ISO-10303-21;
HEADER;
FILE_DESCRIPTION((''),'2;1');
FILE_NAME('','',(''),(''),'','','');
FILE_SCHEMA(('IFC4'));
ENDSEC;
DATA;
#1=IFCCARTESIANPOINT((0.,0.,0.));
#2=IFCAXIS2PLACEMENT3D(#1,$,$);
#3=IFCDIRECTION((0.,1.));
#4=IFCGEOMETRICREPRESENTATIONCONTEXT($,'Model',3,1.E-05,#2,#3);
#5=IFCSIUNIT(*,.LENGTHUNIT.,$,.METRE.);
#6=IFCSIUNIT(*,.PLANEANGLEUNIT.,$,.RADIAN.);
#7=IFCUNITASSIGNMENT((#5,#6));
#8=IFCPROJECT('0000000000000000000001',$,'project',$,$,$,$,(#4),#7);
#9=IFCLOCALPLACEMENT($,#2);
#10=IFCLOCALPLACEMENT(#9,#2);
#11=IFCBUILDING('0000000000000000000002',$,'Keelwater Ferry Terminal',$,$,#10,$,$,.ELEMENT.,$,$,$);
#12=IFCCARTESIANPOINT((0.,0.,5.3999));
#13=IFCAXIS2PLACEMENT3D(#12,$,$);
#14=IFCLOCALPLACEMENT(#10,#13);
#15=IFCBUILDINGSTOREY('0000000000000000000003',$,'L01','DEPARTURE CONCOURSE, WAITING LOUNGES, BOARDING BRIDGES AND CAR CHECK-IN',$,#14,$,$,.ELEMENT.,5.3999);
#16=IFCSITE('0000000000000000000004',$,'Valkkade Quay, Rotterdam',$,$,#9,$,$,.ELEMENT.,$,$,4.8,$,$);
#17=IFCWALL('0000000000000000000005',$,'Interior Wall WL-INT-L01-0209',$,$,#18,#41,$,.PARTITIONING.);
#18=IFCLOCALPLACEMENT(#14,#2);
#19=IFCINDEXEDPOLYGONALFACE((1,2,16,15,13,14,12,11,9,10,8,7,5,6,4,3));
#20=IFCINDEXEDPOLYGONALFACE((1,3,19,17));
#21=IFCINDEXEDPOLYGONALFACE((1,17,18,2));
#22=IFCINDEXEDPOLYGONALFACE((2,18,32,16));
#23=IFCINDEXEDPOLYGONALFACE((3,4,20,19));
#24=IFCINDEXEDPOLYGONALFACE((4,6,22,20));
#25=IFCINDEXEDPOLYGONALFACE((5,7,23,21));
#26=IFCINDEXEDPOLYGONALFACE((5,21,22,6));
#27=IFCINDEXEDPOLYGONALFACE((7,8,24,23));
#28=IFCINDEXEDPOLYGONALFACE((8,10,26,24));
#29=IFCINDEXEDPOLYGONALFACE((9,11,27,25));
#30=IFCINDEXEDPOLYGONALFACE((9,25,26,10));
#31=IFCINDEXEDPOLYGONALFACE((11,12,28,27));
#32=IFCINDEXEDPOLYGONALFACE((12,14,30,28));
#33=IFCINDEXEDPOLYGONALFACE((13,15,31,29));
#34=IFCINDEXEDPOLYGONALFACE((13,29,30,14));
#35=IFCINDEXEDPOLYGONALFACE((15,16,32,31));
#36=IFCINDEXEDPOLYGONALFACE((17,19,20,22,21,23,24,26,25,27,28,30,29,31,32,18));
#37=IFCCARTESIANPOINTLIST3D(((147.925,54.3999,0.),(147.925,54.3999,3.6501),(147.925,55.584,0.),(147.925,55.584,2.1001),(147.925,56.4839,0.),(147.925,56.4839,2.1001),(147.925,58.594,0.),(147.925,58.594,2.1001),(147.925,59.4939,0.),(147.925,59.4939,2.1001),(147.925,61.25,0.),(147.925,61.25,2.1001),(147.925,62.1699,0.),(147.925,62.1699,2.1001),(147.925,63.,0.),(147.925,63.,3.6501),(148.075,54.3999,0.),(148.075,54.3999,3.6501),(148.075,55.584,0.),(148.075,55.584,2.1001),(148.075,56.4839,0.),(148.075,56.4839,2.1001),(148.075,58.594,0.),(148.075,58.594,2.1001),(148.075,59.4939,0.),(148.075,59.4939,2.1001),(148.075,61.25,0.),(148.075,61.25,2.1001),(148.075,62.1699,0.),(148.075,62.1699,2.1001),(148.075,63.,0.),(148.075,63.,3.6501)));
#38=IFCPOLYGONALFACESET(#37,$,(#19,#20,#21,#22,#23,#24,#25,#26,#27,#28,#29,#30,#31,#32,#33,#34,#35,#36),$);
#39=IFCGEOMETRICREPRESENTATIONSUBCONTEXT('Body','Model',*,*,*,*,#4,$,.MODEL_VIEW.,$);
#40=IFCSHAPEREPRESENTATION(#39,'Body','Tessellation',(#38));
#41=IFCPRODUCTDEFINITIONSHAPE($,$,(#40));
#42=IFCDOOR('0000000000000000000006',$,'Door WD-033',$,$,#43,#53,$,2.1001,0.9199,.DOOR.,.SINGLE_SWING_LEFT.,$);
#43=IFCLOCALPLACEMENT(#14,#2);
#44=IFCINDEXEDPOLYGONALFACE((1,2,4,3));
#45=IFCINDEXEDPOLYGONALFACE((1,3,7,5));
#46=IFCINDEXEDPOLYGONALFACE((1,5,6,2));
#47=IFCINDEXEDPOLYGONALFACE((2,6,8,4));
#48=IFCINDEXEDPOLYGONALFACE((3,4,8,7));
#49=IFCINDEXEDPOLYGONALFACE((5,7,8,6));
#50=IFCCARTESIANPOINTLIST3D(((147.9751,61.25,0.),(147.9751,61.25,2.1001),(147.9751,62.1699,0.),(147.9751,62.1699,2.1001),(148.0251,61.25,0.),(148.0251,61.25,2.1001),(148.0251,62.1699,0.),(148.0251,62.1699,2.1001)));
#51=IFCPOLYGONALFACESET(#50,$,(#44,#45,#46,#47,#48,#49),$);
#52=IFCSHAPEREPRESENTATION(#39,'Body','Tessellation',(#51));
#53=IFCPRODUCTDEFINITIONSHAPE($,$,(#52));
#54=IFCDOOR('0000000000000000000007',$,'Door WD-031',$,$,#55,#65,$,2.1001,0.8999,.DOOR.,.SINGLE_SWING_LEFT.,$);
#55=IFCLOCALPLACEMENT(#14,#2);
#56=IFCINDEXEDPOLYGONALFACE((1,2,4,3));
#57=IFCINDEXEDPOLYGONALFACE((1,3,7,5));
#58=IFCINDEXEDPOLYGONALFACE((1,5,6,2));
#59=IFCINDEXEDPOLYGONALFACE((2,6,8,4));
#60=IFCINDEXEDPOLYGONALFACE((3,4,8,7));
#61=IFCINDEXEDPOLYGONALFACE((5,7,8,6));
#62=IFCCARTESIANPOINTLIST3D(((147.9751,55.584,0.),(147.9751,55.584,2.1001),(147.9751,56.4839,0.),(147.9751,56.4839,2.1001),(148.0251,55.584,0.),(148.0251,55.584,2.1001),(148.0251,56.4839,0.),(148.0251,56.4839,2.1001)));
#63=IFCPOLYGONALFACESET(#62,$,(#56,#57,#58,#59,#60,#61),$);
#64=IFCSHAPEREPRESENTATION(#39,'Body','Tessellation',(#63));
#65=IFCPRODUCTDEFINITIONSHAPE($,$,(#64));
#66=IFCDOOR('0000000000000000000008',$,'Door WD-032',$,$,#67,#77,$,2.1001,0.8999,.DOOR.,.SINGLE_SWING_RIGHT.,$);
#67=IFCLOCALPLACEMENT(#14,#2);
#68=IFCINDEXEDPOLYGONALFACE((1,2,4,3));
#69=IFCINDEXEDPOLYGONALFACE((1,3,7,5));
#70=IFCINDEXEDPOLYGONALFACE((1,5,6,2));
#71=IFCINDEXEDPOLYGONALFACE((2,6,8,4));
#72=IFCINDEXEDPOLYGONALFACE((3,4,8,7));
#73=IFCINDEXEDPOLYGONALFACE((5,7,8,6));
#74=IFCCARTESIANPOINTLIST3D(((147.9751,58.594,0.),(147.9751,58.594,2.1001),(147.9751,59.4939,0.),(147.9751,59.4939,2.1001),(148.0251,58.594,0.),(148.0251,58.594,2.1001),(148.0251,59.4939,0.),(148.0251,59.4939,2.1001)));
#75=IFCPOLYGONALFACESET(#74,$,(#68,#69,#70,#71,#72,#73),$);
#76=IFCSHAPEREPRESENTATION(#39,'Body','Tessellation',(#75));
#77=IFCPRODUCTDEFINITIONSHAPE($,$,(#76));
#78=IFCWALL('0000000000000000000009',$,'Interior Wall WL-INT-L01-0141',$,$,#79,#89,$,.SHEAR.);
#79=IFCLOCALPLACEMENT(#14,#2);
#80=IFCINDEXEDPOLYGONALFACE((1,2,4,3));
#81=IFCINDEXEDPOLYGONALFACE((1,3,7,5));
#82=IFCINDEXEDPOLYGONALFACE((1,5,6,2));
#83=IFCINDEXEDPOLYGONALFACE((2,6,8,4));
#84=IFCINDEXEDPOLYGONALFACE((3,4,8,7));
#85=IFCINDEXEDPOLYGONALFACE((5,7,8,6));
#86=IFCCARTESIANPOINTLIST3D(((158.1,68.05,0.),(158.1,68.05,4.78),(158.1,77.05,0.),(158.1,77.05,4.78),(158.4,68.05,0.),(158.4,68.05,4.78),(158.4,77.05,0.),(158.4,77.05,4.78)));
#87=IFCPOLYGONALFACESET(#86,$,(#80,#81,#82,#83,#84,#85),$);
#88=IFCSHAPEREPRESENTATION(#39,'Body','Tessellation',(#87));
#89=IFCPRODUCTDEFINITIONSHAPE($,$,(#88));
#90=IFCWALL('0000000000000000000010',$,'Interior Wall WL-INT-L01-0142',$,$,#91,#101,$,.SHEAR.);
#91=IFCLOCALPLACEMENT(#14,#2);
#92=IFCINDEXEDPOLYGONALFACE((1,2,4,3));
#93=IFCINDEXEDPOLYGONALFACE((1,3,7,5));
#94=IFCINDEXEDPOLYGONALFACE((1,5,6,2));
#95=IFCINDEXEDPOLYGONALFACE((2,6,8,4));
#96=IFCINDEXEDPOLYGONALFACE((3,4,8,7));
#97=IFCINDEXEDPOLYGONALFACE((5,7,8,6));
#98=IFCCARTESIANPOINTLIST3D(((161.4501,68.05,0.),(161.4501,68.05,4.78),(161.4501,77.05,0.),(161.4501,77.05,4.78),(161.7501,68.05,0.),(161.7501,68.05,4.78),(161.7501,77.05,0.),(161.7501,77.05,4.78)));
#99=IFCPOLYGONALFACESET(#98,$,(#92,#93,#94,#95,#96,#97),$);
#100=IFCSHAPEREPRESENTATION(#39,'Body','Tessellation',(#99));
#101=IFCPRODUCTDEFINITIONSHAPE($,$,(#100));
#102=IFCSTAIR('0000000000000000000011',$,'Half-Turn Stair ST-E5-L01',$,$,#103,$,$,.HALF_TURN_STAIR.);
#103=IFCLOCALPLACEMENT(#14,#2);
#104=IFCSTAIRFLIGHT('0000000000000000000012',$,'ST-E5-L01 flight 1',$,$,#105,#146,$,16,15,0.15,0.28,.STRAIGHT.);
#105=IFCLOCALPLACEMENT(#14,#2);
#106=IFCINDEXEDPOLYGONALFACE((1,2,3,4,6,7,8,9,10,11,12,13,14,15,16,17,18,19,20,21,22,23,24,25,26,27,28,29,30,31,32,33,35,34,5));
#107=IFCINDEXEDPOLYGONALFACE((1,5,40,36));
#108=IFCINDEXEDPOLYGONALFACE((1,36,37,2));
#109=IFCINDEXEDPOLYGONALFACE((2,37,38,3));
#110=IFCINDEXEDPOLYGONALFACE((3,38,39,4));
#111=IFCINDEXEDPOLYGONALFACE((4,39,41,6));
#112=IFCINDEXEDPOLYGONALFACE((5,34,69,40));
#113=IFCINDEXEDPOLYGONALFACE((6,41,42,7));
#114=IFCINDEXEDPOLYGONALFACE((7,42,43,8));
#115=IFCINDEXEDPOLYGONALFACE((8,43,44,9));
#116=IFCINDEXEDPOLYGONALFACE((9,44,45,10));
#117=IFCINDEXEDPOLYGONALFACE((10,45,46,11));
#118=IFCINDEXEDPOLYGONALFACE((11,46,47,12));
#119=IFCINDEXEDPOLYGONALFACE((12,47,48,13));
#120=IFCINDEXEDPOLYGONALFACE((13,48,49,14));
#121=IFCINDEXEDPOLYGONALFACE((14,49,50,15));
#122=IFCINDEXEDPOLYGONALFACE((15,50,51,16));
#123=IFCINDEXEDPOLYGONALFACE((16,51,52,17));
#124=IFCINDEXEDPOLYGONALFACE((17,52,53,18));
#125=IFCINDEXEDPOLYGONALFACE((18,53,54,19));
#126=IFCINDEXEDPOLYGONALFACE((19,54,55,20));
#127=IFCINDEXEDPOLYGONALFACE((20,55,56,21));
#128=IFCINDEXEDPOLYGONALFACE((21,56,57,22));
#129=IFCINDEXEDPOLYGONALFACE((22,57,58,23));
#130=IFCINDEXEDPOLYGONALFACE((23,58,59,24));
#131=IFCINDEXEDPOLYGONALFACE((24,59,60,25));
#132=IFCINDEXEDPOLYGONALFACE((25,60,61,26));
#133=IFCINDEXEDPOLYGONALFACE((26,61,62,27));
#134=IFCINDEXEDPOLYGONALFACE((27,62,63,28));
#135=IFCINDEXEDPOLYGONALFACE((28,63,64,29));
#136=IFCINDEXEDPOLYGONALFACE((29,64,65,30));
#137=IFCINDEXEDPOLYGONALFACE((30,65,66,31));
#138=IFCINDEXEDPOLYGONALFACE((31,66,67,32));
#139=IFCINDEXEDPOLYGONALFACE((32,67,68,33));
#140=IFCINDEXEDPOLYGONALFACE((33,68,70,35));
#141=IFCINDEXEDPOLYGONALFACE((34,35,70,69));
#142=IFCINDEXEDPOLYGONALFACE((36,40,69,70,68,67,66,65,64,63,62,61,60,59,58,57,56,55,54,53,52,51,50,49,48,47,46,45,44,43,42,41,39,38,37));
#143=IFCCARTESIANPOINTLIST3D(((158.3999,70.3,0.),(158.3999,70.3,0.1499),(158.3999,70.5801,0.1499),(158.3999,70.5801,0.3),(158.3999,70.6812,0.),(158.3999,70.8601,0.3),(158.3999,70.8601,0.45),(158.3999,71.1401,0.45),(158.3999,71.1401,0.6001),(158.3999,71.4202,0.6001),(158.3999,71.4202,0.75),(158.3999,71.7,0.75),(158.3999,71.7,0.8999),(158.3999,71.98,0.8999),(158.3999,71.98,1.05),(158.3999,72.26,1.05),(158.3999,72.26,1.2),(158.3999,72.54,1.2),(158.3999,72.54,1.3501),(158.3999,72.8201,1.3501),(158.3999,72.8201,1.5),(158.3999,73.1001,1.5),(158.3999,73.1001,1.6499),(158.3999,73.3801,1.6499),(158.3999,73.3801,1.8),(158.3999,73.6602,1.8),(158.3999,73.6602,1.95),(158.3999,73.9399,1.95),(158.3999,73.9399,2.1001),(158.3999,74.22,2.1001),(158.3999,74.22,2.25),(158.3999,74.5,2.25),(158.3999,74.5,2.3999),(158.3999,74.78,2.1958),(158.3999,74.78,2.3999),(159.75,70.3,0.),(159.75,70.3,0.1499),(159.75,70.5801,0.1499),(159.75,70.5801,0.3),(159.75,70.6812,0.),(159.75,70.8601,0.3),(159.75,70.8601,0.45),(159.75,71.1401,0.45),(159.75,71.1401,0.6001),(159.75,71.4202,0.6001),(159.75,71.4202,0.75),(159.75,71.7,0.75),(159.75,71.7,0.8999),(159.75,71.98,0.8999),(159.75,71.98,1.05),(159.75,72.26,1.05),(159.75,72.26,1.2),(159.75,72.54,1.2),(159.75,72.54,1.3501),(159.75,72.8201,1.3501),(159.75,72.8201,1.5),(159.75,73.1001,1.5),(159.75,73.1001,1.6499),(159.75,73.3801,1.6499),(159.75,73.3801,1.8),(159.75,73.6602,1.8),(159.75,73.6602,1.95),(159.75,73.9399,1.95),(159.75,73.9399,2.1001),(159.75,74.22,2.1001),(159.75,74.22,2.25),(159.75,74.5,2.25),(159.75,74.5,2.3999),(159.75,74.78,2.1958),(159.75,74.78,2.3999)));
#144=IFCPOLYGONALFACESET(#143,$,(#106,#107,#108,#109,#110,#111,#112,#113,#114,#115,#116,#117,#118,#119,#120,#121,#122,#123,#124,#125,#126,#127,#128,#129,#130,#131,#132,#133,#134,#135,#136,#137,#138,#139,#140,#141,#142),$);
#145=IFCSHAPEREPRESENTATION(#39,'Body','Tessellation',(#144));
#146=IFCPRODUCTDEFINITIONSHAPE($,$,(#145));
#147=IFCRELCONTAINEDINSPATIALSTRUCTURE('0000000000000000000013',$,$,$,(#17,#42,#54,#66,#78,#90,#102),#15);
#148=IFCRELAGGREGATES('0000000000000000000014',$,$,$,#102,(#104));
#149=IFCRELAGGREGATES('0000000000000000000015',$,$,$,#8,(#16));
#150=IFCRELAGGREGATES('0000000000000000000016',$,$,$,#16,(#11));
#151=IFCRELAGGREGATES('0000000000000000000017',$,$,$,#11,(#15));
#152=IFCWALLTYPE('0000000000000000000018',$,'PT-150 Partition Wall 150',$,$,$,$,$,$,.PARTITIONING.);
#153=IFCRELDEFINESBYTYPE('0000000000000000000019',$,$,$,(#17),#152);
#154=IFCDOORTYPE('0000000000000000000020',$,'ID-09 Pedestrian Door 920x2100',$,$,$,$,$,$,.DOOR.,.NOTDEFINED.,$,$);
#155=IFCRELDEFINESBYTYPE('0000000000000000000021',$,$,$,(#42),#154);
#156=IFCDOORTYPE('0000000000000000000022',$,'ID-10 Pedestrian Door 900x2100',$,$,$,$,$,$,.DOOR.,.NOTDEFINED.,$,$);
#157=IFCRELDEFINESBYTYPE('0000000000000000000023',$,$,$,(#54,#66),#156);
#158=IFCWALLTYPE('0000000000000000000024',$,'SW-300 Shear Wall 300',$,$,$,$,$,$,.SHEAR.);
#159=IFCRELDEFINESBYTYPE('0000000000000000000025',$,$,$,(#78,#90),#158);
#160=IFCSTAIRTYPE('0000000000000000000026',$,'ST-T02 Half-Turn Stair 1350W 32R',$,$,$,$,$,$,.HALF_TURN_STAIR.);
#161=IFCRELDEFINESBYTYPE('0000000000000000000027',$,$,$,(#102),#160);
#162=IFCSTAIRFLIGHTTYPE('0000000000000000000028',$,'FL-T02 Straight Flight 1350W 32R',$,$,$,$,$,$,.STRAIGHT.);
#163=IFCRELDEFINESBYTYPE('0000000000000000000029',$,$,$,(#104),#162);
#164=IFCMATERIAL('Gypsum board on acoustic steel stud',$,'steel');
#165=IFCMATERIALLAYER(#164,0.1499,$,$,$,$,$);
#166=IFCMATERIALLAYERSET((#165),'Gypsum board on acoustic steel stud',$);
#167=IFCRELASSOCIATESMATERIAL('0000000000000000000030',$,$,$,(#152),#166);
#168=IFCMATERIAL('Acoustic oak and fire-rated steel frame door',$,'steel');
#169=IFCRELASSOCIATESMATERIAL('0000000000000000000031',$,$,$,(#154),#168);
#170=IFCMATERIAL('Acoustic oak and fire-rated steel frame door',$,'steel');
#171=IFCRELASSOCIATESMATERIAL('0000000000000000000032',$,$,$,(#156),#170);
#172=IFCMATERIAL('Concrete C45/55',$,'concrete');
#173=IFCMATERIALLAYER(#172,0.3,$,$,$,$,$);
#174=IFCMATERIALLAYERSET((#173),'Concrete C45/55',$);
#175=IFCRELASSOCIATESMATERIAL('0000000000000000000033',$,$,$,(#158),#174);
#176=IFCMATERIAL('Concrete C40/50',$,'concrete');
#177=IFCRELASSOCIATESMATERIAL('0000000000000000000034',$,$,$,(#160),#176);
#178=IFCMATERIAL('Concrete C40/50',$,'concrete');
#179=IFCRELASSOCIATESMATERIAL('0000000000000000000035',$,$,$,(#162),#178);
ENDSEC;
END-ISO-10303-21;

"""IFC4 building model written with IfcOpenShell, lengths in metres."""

from ifc_helpers import new_model, si_unit, direction, frame, frame_2d, origin, place, context, subcontext, project, spatial, polyline, rectangle, outline, extrude, material, layer, layer_set, type_object, element, fill, aggregate, save


model = new_model("IFC4")

# Units and contexts
model_context = context("Model", 3, precision=1e-05, world=origin(), true_north=direction((0.0, 1.0)))
body_context = subcontext(model_context, "Body", "Model", "MODEL_VIEW")
ifc_project = project(units=[si_unit("LENGTHUNIT", "METRE"), si_unit("PLANEANGLEUNIT", "RADIAN")], contexts=[model_context])

# Site, building, storey
site_placement = place(None, origin())
site = spatial("IfcSite", under=ifc_project, at=site_placement, Name="Valkkade Quay, Rotterdam", CompositionType="ELEMENT", RefElevation=4.8)
building_placement = place(site_placement, origin())
building = spatial("IfcBuilding", under=site, at=building_placement, Name="Keelwater Ferry Terminal", CompositionType="ELEMENT")
storey_placement = place(building_placement, frame((0.0, 0.0, 5.3999)))
storey = spatial("IfcBuildingStorey", under=building, at=storey_placement, Name="L01", Description="DEPARTURE CONCOURSE, WAITING LOUNGES, BOARDING BRIDGES AND CAR CHECK-IN", CompositionType="ELEMENT", Elevation=5.3999)

# Wall, openings, doors
ifc_material_1 = material(Name="Gypsum board on acoustic steel stud", Category="steel")
ifc_layer_1 = layer(ifc_material_1, 0.1499)
ifc_layer_set_1 = layer_set([ifc_layer_1], Name="Gypsum board on acoustic steel stud")
wall_type_1 = type_object("IfcWallType", Name="PT-150 Partition Wall 150", PredefinedType="PARTITIONING", material=ifc_layer_set_1)
wall_1_placement = place(storey_placement, frame((148.0, 54.3999, 0.0), z_axis=(0.0, 0.0, 1.0), x_axis=(0.0, 1.0, 0.0)))
wall_1 = element("IfcWall", 1, at=wall_1_placement, inside=storey, type_object=wall_type_1, Name="Interior Wall WL-INT-L01-0209", PredefinedType="PARTITIONING", context=body_context, shape_type="SweptSolid", body=[
    extrude(rectangle(XDim=8.6001, YDim=0.1499, at=frame_2d((4.3, 0.0))), origin(), (0.0, 0.0, 1.0), 3.6501),
])
opening_1_placement = place(wall_1_placement, frame((1.1841, 0.0, 0.0)))
opening_1 = element("IfcOpeningElement", 2, at=opening_1_placement, cuts=wall_1, PredefinedType="OPENING", context=body_context, shape_type="SweptSolid", body=[
    extrude(rectangle(XDim=0.8999, YDim=2.1001, at=frame_2d((0.45, 1.05))), frame((0.0, 0.085, 0.0), z_axis=(0.0, -1.0, 0.0), x_axis=(1.0, 0.0, 0.0)), (0.0, 0.0, 1.0), 0.1699),
])
opening_2_placement = place(wall_1_placement, frame((4.1941, 0.0, 0.0)))
opening_2 = element("IfcOpeningElement", 3, at=opening_2_placement, cuts=wall_1, PredefinedType="OPENING", context=body_context, shape_type="SweptSolid", body=[
    extrude(rectangle(XDim=0.8999, YDim=2.1001, at=frame_2d((0.45, 1.05))), frame((0.0, 0.085, 0.0), z_axis=(0.0, -1.0, 0.0), x_axis=(1.0, 0.0, 0.0)), (0.0, 0.0, 1.0), 0.1699),
])
opening_3_placement = place(wall_1_placement, frame((6.8501, 0.0, 0.0)))
opening_3 = element("IfcOpeningElement", 4, at=opening_3_placement, cuts=wall_1, PredefinedType="OPENING", context=body_context, shape_type="SweptSolid", body=[
    extrude(rectangle(XDim=0.9199, YDim=2.1001, at=frame_2d((0.46, 1.05))), frame((0.0, 0.085, 0.0), z_axis=(0.0, -1.0, 0.0), x_axis=(1.0, 0.0, 0.0)), (0.0, 0.0, 1.0), 0.1699),
])
ifc_material_2 = material(Name="Acoustic oak and fire-rated steel frame door", Category="steel")
door_type_1 = type_object("IfcDoorType", Name="ID-09 Pedestrian Door 920x2100", OperationType="NOTDEFINED", PredefinedType="DOOR", material=ifc_material_2)
door_1_placement = place(opening_3_placement, origin())
door_1 = element("IfcDoor", 5, at=door_1_placement, inside=storey, type_object=door_type_1, Name="Door WD-033", OperationType="SINGLE_SWING_LEFT", OverallHeight=2.1001, OverallWidth=0.9199, PredefinedType="DOOR", context=body_context, shape_type="SweptSolid", body=[
    extrude(rectangle(XDim=0.9199, YDim=2.1001, at=frame_2d((0.46, 1.05))), frame((0.0, 0.0249, 0.0), z_axis=(0.0, -1.0, 0.0), x_axis=(1.0, 0.0, 0.0)), (0.0, 0.0, 1.0), 0.05),
])
fill(opening_3, door_1)
ifc_material_3 = material(Name="Acoustic oak and fire-rated steel frame door", Category="steel")
door_type_2 = type_object("IfcDoorType", Name="ID-10 Pedestrian Door 900x2100", OperationType="NOTDEFINED", PredefinedType="DOOR", material=ifc_material_3)
door_2_placement = place(opening_1_placement, origin())
door_2 = element("IfcDoor", 6, at=door_2_placement, inside=storey, type_object=door_type_2, Name="Door WD-031", OperationType="SINGLE_SWING_LEFT", OverallHeight=2.1001, OverallWidth=0.8999, PredefinedType="DOOR", context=body_context, shape_type="SweptSolid", body=[
    extrude(rectangle(XDim=0.8999, YDim=2.1001, at=frame_2d((0.45, 1.05))), frame((0.0, 0.0249, 0.0), z_axis=(0.0, -1.0, 0.0), x_axis=(1.0, 0.0, 0.0)), (0.0, 0.0, 1.0), 0.05),
])
fill(opening_1, door_2)
door_3_placement = place(opening_2_placement, origin())
door_3 = element("IfcDoor", 7, at=door_3_placement, inside=storey, type_object=door_type_2, Name="Door WD-032", OperationType="SINGLE_SWING_RIGHT", OverallHeight=2.1001, OverallWidth=0.8999, PredefinedType="DOOR", context=body_context, shape_type="SweptSolid", body=[
    extrude(rectangle(XDim=0.8999, YDim=2.1001, at=frame_2d((0.45, 1.05))), frame((0.0, 0.0249, 0.0), z_axis=(0.0, -1.0, 0.0), x_axis=(1.0, 0.0, 0.0)), (0.0, 0.0, 1.0), 0.05),
])
fill(opening_2, door_3)

# Shared definitions
ifc_material_4 = material(Name="Concrete C45/55", Category="concrete")
ifc_layer_2 = layer(ifc_material_4, 0.3)
ifc_layer_set_2 = layer_set([ifc_layer_2], Name="Concrete C45/55")
wall_type_2 = type_object("IfcWallType", Name="SW-300 Shear Wall 300", PredefinedType="SHEAR", material=ifc_layer_set_2)

# Walls
for number, where, z_axis, x_axis, name in (
    (8, (158.25, 68.05, 0.0), (0.0, 0.0, 1.0), (0.0, 1.0, 0.0), "Interior Wall WL-INT-L01-0141"),
    (9, (161.6001, 68.05, 0.0), (0.0, 0.0, 1.0), (0.0, 1.0, 0.0), "Interior Wall WL-INT-L01-0142"),
):
    element("IfcWall", number, at=place(storey_placement, frame(where, z_axis=z_axis, x_axis=x_axis)), inside=storey, type_object=wall_type_2, Name=name, PredefinedType="SHEAR", context=body_context, shape_type="SweptSolid", body=[
        extrude(rectangle(XDim=9.0, YDim=0.3, at=frame_2d((4.5, 0.0))), origin(), (0.0, 0.0, 1.0), 4.78),
    ])

# Stair, stair flight
ifc_material_5 = material(Name="Concrete C40/50", Category="concrete")
stair_type_1 = type_object("IfcStairType", Name="ST-T02 Half-Turn Stair 1350W 32R", PredefinedType="HALF_TURN_STAIR", material=ifc_material_5)
stair_1_placement = place(storey_placement, origin())
stair_1 = element("IfcStair", 10, at=stair_1_placement, inside=storey, type_object=stair_type_1, Name="Half-Turn Stair ST-E5-L01", PredefinedType="HALF_TURN_STAIR")
ifc_material_6 = material(Name="Concrete C40/50", Category="concrete")
stair_flight_type_1 = type_object("IfcStairFlightType", Name="FL-T02 Straight Flight 1350W 32R", PredefinedType="STRAIGHT", material=ifc_material_6)
stair_flight_1_placement = place(storey_placement, frame((159.075, 70.3, 0.0), z_axis=(0.0, 0.0, 1.0), x_axis=(0.0, 1.0, 0.0)))
stair_flight_1 = element("IfcStairFlight", 11, at=stair_flight_1_placement, type_object=stair_flight_type_1, Name="ST-E5-L01 flight 1", NumberOfRisers=16, NumberOfTreads=15, PredefinedType="STRAIGHT", RiserHeight=0.15, TreadLength=0.28, context=body_context, shape_type="SweptSolid", body=[
    extrude(outline(polyline([(0.0, 0.0), (0.0, 0.1499), (0.28, 0.1499), (0.28, 0.3), (0.5601, 0.3), (0.5601, 0.45), (0.8401, 0.45), (0.8401, 0.6001), (1.1201, 0.6001), (1.1201, 0.75), (1.3999, 0.75), (1.3999, 0.8999), (1.6799, 0.8999), (1.6799, 1.05), (1.96, 1.05), (1.96, 1.2), (2.24, 1.2), (2.24, 1.3501), (2.52, 1.3501), (2.52, 1.5), (2.8, 1.5), (2.8, 1.6499), (3.0801, 1.6499), (3.0801, 1.8), (3.3601, 1.8), (3.3601, 1.95), (3.6399, 1.95), (3.6399, 2.1001), (3.9199, 2.1001), (3.9199, 2.25), (4.2, 2.25), (4.2, 2.3999), (4.48, 2.3999), (4.48, 2.1958), (0.3811, 0.0), (0.0, 0.0)])), frame((0.0, 0.675, 0.0), z_axis=(0.0, -1.0, 0.0), x_axis=(1.0, 0.0, 0.0)), (0.0, 0.0, 1.0), 1.3501),
])
aggregate(stair_1, [stair_flight_1])

save(model, "model.ifc")
